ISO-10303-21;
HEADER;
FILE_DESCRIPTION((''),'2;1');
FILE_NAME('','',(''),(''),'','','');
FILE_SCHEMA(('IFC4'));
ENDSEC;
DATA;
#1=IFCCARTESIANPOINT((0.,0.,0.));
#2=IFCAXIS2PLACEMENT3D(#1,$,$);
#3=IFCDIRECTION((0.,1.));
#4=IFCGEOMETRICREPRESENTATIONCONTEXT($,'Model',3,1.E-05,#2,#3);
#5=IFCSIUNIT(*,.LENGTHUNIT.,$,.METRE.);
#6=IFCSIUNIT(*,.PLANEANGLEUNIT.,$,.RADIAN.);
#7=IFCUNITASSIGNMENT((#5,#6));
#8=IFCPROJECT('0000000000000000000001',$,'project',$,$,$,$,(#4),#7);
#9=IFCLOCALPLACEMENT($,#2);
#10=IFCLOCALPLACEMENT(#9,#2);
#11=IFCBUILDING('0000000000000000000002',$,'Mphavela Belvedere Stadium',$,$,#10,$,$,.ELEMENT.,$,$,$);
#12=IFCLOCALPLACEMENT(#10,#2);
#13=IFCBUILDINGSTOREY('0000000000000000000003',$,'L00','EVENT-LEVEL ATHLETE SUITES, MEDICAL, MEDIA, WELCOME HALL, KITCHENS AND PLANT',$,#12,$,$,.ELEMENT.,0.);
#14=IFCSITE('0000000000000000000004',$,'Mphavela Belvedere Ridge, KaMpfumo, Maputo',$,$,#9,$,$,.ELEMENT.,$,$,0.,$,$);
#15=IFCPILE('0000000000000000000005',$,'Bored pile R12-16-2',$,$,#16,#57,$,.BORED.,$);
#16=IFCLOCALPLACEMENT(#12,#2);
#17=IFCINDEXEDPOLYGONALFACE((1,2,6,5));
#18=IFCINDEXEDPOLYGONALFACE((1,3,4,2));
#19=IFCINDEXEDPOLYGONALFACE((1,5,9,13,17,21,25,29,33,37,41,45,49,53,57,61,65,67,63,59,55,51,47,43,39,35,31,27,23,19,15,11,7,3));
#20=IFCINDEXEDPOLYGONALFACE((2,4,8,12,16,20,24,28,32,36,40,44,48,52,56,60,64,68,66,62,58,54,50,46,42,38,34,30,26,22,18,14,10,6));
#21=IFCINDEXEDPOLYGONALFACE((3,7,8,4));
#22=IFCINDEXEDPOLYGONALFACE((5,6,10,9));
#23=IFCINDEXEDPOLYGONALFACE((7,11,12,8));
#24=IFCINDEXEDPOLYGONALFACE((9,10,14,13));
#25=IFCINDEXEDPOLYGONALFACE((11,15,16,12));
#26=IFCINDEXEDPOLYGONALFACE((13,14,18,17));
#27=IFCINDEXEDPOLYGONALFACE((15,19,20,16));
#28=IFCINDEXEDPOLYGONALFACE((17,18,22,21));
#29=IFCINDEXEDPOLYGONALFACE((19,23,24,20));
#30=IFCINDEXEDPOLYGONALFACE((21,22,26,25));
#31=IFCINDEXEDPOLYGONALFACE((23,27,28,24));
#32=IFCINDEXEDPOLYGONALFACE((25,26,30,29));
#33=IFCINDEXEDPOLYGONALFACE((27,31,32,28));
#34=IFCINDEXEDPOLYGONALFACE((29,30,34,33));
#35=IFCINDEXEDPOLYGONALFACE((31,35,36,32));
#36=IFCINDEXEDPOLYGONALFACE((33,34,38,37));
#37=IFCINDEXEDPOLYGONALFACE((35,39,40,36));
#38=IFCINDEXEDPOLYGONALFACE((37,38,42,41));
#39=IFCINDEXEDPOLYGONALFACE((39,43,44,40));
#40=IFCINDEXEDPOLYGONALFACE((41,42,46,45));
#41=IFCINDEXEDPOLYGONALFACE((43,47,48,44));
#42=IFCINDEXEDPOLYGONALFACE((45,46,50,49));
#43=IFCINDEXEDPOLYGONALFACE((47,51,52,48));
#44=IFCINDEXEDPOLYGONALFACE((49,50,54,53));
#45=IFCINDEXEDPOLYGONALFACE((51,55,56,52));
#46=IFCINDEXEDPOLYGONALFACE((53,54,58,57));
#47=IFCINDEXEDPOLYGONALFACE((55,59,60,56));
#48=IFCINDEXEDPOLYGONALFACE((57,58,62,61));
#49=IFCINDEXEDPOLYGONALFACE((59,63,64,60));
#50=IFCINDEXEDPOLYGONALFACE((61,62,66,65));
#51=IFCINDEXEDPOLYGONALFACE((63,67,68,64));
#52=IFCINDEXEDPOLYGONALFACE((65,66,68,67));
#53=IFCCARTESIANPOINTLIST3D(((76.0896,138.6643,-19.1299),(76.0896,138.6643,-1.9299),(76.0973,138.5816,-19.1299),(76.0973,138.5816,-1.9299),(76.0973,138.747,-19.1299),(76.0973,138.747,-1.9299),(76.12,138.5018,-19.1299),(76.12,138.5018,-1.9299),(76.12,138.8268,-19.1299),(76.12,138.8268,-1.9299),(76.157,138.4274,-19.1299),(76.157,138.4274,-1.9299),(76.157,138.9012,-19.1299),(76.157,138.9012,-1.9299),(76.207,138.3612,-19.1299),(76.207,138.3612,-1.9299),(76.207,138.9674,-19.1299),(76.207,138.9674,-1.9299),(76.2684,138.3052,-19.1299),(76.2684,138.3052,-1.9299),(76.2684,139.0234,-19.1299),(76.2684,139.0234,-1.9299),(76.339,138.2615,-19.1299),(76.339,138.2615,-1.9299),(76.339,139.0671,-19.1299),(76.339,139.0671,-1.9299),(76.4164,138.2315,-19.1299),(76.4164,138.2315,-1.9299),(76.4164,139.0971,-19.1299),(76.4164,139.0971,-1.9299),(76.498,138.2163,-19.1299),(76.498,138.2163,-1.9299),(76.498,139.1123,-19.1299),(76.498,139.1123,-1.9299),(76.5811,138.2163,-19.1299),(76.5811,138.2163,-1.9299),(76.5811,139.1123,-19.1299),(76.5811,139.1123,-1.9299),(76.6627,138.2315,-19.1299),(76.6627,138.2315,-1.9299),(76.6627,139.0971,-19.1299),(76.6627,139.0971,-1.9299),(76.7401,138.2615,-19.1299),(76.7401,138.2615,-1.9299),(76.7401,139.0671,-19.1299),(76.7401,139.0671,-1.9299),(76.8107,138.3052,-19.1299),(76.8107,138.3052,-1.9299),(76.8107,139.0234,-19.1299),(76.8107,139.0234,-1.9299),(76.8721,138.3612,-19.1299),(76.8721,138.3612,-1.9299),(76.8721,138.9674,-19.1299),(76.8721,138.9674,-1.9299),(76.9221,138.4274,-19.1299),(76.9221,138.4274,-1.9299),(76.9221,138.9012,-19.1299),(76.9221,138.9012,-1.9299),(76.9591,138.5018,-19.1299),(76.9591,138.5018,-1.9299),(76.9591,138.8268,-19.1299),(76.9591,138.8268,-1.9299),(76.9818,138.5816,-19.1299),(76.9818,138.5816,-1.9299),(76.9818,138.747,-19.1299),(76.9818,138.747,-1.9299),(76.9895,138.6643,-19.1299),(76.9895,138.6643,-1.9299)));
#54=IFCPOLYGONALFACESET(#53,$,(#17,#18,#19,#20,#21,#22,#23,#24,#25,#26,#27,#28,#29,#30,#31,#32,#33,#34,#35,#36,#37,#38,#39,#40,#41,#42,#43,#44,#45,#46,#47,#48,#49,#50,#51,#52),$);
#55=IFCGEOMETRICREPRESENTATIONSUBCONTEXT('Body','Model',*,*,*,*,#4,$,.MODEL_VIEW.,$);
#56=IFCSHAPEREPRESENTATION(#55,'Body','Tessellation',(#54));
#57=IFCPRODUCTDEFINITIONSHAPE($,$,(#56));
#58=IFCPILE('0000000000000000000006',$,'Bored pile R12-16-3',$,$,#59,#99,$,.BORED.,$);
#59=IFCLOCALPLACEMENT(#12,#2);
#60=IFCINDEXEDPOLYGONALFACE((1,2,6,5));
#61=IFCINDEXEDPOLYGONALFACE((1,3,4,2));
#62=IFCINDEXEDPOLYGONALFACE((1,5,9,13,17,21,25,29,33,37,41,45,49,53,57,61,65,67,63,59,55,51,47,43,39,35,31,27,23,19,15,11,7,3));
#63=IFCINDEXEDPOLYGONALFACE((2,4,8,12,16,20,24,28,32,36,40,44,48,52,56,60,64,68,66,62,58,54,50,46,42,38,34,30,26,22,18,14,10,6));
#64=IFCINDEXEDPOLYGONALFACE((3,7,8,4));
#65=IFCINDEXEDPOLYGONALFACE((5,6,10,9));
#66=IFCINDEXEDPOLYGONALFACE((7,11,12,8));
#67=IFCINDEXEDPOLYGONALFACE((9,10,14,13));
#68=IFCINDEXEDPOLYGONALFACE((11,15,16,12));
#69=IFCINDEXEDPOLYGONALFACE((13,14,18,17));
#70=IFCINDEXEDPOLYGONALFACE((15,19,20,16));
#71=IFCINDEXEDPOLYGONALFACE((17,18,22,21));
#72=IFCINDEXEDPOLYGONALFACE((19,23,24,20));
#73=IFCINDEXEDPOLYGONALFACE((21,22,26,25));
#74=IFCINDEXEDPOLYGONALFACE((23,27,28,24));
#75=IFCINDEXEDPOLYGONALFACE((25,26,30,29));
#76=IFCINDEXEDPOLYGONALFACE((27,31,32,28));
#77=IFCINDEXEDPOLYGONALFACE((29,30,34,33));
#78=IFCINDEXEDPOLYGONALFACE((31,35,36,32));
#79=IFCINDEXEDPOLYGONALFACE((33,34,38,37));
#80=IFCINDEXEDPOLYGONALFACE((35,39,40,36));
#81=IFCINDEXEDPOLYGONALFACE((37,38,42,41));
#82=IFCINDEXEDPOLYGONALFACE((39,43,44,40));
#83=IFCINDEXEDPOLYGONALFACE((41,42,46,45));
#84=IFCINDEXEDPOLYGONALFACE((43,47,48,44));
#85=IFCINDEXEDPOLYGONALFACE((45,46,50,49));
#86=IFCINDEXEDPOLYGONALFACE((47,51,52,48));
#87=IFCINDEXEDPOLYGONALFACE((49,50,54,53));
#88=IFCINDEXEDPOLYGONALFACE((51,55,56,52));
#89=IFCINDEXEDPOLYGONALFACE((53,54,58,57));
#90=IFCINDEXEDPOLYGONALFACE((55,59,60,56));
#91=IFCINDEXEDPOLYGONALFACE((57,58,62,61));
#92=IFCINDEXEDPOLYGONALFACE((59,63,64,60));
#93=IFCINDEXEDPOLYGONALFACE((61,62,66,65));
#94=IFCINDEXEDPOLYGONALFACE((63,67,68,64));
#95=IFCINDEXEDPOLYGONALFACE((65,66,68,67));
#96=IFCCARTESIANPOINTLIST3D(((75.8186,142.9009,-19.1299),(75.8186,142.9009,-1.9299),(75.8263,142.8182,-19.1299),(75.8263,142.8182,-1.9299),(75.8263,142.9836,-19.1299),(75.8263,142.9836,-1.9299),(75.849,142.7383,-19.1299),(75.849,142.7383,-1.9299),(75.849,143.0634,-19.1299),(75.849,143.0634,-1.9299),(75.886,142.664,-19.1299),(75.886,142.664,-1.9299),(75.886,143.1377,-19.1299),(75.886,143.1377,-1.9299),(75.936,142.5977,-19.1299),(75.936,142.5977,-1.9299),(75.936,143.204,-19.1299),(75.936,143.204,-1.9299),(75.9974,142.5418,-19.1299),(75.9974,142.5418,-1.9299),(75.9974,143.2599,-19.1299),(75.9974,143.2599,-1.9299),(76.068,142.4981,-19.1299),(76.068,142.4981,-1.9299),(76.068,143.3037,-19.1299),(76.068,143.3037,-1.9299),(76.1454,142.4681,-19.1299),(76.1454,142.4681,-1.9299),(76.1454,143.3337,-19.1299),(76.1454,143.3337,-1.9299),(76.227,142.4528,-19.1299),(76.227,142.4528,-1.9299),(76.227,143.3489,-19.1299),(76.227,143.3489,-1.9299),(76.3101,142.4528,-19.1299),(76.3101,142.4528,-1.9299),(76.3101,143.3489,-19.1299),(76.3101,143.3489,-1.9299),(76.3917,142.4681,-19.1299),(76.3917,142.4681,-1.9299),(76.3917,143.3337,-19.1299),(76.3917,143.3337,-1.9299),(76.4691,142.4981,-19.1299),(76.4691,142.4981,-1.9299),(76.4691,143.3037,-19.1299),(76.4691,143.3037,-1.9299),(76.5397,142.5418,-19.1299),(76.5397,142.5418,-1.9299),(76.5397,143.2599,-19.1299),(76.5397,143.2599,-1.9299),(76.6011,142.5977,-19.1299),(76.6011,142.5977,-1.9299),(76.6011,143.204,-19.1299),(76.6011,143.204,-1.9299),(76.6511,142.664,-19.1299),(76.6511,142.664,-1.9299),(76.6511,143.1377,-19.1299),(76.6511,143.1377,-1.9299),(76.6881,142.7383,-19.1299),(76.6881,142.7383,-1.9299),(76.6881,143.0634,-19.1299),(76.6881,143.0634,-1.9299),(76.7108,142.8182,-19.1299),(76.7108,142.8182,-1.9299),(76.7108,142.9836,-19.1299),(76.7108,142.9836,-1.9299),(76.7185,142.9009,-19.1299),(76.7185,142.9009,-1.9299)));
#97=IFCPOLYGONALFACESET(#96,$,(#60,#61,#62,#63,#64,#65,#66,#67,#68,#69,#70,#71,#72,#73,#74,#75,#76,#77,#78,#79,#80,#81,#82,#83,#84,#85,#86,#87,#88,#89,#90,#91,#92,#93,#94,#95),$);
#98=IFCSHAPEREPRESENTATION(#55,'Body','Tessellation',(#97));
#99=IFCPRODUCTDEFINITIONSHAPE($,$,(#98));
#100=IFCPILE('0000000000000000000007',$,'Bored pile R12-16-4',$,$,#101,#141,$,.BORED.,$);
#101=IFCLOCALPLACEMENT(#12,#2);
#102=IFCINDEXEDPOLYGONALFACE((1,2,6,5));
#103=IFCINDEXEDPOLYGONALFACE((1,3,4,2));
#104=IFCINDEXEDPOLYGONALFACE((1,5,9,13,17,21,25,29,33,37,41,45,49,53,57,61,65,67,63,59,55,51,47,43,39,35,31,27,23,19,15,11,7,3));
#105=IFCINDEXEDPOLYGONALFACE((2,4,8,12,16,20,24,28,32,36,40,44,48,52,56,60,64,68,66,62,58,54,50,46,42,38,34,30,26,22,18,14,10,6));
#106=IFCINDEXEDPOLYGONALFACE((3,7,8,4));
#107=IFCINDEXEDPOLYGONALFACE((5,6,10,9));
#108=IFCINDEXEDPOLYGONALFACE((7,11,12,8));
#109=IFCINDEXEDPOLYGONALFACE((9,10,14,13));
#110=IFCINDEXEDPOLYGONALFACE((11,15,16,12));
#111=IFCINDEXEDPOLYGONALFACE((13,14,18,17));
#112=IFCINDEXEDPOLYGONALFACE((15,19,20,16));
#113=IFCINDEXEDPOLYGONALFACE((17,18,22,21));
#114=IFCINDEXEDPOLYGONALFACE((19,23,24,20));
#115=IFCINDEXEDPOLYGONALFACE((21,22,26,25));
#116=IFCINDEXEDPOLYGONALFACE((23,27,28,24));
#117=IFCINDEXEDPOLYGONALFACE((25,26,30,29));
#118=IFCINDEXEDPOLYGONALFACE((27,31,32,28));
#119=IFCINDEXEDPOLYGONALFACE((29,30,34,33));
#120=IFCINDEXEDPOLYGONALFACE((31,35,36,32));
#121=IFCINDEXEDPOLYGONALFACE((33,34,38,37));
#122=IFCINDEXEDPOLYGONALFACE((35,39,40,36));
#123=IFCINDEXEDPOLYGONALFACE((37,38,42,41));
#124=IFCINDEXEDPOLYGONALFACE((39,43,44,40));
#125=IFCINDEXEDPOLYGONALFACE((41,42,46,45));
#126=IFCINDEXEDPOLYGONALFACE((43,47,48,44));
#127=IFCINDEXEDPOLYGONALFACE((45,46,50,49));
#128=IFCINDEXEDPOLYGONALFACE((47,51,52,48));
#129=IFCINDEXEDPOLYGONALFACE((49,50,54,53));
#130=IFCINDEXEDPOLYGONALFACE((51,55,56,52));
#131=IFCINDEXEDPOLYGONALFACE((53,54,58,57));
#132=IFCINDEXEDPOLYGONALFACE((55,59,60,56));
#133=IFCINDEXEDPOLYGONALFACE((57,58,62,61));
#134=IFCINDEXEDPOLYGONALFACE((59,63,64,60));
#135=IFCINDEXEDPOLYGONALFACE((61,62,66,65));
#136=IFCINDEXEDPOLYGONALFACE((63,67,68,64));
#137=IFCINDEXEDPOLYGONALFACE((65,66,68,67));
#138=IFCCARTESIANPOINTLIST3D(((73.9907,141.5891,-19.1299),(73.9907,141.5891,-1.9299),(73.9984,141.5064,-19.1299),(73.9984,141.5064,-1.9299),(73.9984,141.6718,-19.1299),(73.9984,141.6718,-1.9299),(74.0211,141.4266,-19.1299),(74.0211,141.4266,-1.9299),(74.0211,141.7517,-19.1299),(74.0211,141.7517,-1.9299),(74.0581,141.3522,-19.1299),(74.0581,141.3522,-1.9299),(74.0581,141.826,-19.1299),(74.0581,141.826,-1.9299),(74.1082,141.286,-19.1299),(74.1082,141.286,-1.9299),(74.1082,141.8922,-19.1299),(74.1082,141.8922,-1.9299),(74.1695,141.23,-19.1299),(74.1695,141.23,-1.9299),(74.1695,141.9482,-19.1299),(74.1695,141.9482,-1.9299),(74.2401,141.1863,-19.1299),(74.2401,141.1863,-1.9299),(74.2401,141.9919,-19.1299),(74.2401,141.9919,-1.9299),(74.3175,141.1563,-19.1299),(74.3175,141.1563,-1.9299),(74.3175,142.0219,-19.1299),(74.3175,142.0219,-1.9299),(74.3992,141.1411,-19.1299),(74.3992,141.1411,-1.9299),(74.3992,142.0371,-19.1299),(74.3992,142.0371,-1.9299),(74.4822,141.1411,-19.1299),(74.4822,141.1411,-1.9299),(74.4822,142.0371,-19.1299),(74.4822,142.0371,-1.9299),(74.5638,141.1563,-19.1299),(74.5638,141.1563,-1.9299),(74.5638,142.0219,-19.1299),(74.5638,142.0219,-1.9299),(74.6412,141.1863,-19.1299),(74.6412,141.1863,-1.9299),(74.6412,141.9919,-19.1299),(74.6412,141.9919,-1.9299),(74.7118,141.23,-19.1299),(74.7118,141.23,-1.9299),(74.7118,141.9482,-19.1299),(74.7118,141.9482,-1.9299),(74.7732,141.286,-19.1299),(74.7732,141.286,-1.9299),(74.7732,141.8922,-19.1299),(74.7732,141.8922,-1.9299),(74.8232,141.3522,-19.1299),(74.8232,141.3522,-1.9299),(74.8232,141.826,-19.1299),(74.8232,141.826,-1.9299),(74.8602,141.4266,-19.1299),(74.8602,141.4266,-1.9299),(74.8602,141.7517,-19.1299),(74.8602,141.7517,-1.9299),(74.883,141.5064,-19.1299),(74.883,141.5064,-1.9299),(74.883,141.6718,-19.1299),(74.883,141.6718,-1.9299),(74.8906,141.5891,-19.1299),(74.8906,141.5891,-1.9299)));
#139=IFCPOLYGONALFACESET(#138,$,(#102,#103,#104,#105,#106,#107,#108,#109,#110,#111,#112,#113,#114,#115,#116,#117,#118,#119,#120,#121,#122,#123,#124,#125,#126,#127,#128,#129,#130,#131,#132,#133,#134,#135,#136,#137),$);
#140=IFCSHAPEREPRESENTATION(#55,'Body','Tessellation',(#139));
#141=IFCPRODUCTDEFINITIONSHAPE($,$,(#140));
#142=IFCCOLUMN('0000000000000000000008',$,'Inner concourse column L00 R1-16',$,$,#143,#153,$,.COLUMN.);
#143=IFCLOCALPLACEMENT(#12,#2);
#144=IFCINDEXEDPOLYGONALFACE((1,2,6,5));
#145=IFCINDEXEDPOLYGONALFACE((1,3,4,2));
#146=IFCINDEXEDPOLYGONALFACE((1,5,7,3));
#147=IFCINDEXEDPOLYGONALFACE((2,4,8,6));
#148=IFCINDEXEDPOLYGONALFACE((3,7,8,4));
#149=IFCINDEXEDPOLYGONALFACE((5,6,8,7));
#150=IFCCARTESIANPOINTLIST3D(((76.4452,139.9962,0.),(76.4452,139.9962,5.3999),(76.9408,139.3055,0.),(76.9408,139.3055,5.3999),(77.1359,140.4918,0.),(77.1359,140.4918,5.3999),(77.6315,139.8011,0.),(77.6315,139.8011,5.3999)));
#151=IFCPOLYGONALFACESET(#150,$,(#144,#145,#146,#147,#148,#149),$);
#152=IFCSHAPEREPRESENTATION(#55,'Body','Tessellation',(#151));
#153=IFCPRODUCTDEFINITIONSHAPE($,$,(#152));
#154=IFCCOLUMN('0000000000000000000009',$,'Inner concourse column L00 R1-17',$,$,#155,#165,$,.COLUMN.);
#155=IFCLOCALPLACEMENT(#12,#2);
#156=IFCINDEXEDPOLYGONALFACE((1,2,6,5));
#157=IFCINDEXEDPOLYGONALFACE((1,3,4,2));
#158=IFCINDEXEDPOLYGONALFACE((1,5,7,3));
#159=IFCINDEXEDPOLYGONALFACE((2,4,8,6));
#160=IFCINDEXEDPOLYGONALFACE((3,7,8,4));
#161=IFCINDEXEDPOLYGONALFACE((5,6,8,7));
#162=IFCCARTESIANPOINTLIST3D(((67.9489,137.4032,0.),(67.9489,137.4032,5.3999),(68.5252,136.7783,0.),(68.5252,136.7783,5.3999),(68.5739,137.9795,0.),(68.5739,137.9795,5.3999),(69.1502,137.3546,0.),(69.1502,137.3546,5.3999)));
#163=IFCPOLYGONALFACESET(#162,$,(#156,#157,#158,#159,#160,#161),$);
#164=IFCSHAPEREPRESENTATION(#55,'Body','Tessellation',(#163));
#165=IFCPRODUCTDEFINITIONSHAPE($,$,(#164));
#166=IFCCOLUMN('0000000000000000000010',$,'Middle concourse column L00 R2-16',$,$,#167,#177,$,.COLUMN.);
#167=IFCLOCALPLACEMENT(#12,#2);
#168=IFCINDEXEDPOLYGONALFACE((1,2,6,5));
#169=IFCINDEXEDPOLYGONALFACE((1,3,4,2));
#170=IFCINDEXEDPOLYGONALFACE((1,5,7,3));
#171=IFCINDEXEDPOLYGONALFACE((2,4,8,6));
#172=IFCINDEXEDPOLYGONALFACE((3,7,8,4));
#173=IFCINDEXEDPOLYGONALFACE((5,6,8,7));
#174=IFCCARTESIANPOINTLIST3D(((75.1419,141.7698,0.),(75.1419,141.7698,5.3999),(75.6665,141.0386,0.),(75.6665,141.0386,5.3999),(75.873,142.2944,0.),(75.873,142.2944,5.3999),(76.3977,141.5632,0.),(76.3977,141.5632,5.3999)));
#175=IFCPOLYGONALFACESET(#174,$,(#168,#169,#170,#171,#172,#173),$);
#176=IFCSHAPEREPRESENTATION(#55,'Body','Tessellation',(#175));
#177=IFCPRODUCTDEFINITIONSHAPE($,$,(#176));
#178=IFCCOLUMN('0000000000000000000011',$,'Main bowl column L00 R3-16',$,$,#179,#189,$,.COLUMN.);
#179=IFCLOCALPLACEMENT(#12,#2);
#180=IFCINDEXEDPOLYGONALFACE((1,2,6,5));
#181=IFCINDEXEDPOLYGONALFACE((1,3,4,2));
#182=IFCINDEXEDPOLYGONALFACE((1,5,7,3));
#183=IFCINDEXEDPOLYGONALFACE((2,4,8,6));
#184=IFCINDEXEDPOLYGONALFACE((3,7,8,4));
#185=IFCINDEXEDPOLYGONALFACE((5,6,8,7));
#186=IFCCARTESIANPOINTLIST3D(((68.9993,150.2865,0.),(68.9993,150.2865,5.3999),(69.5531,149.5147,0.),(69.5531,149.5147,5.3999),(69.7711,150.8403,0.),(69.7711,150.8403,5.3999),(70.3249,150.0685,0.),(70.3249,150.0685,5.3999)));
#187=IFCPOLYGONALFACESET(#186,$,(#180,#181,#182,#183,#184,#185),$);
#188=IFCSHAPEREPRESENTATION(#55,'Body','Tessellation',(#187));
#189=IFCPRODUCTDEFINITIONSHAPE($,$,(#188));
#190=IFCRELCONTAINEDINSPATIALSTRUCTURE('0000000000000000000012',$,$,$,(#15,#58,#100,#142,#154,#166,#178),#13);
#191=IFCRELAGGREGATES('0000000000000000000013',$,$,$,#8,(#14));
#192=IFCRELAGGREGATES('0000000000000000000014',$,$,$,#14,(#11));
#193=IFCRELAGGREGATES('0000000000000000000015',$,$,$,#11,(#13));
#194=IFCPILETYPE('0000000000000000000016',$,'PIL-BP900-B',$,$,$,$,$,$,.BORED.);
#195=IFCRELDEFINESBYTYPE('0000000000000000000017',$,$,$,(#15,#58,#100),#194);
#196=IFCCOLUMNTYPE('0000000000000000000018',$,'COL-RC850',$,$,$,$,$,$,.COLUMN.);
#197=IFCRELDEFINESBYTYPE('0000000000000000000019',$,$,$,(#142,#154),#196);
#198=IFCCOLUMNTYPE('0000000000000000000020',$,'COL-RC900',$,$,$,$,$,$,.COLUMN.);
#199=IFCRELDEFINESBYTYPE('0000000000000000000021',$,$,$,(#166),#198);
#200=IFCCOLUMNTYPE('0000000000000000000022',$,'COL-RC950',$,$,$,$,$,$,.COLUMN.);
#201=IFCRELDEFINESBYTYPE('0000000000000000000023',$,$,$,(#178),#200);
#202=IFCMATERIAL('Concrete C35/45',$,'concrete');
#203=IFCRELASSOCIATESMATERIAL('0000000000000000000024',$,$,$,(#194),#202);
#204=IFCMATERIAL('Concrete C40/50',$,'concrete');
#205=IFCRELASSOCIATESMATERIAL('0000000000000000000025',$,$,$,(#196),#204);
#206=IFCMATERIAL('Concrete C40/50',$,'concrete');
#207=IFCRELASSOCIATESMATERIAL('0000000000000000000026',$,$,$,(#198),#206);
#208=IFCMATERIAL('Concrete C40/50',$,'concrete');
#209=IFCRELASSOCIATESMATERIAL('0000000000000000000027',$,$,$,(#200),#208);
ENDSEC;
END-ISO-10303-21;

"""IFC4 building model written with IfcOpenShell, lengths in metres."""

from ifc_helpers import new_model, si_unit, direction, frame, origin, origin_2d, place, context, subcontext, project, spatial, rectangle, circle, extrude, material, material_profile, profile_set, type_object, element, save


model = new_model("IFC4")

# Units and contexts
model_context = context("Model", 3, precision=1e-05, world=origin(), true_north=direction((0.0, 1.0)))
body_context = subcontext(model_context, "Body", "Model", "MODEL_VIEW")
ifc_project = project(units=[si_unit("LENGTHUNIT", "METRE"), si_unit("PLANEANGLEUNIT", "RADIAN")], contexts=[model_context])

# Site, building, storey
site_placement = place(None, origin())
site = spatial("IfcSite", under=ifc_project, at=site_placement, Name="Mphavela Belvedere Ridge, KaMpfumo, Maputo", CompositionType="ELEMENT", RefElevation=0.0)
building_placement = place(site_placement, origin())
building = spatial("IfcBuilding", under=site, at=building_placement, Name="Mphavela Belvedere Stadium", CompositionType="ELEMENT")
storey_placement = place(building_placement, origin())
storey = spatial("IfcBuildingStorey", under=building, at=storey_placement, Name="L00", Description="EVENT-LEVEL ATHLETE SUITES, MEDICAL, MEDIA, WELCOME HALL, KITCHENS AND PLANT", CompositionType="ELEMENT", Elevation=0.0)

# Piles
ifc_material_1 = material(Name="Concrete C35/45", Category="concrete")
ifc_material_profile_1 = material_profile(ifc_material_1, circle(Radius=0.45, at=origin_2d()), Name="BP D900")
ifc_profile_set_1 = profile_set([ifc_material_profile_1], Name="Concrete C35/45")
pile_type_1 = type_object("IfcPileType", Name="PIL-BP900-B", PredefinedType="BORED", material=ifc_profile_set_1)
for number, where, z_axis, x_axis, name in (
    (1, (76.5396, 138.6643, -1.9299), (0.0, 0.0, -1.0), (1.0, 0.0, 0.0), "Bored pile R12-16-2"),
    (2, (76.2686, 142.9009, -1.9299), (0.0, 0.0, -1.0), (1.0, 0.0, 0.0), "Bored pile R12-16-3"),
    (3, (74.4407, 141.5891, -1.9299), (0.0, 0.0, -1.0), (1.0, 0.0, 0.0), "Bored pile R12-16-4"),
):
    element("IfcPile", number, at=place(storey_placement, frame(where, z_axis=z_axis, x_axis=x_axis)), inside=storey, type_object=pile_type_1, Name=name, PredefinedType="BORED", context=body_context, shape_type="SweptSolid", body=[
        extrude(circle(Radius=0.45, at=origin_2d()), origin(), (0.0, 0.0, 1.0), 17.2),
    ])

# Columns
ifc_material_2 = material(Name="Concrete C40/50", Category="concrete")
ifc_material_profile_2 = material_profile(ifc_material_2, rectangle(XDim=0.8501, YDim=0.8501, at=origin_2d()), Name="RC 850x850")
ifc_profile_set_2 = profile_set([ifc_material_profile_2], Name="Concrete C40/50")
column_type_1 = type_object("IfcColumnType", Name="COL-RC850", PredefinedType="COLUMN", material=ifc_profile_set_2)
for number, where, z_axis, x_axis, name in (
    (4, (77.0383, 139.8987, 0.0), (0.0, 0.0, 1.0), (-0.582974, 0.812491, 0.0), "Inner concourse column L00 R1-16"),
    (5, (68.5496, 137.3789, 0.0), (0.0, 0.0, 1.0), (-0.677903, 0.735151, 0.0), "Inner concourse column L00 R1-17"),
):
    element("IfcColumn", number, at=place(storey_placement, frame(where, z_axis=z_axis, x_axis=x_axis)), inside=storey, type_object=column_type_1, Name=name, PredefinedType="COLUMN", context=body_context, shape_type="SweptSolid", body=[
        extrude(rectangle(XDim=0.8501, YDim=0.8501, at=origin_2d()), origin(), (0.0, 0.0, 1.0), 5.3999),
    ])
ifc_material_3 = material(Name="Concrete C40/50", Category="concrete")
ifc_material_profile_3 = material_profile(ifc_material_3, rectangle(XDim=0.8999, YDim=0.8999, at=origin_2d()), Name="RC 900x900")
ifc_profile_set_3 = profile_set([ifc_material_profile_3], Name="Concrete C40/50")
column_type_2 = type_object("IfcColumnType", Name="COL-RC900", PredefinedType="COLUMN", material=ifc_profile_set_3)
column_1_placement = place(storey_placement, frame((75.7698, 141.6665, 0.0), z_axis=(0.0, 0.0, 1.0), x_axis=(-0.582974, 0.812491, 0.0)))
element("IfcColumn", 6, at=column_1_placement, inside=storey, type_object=column_type_2, Name="Middle concourse column L00 R2-16", PredefinedType="COLUMN", context=body_context, shape_type="SweptSolid", body=[
    extrude(rectangle(XDim=0.8999, YDim=0.8999, at=origin_2d()), origin(), (0.0, 0.0, 1.0), 5.3999),
])
ifc_material_4 = material(Name="Concrete C40/50", Category="concrete")
ifc_material_profile_4 = material_profile(ifc_material_4, rectangle(XDim=0.95, YDim=0.95, at=origin_2d()), Name="RC 950x950")
ifc_profile_set_4 = profile_set([ifc_material_profile_4], Name="Concrete C40/50")
column_type_3 = type_object("IfcColumnType", Name="COL-RC950", PredefinedType="COLUMN", material=ifc_profile_set_4)
column_2_placement = place(storey_placement, frame((69.6621, 150.1775, 0.0), z_axis=(0.0, 0.0, 1.0), x_axis=(-0.582974, 0.812491, 0.0)))
element("IfcColumn", 7, at=column_2_placement, inside=storey, type_object=column_type_3, Name="Main bowl column L00 R3-16", PredefinedType="COLUMN", context=body_context, shape_type="SweptSolid", body=[
    extrude(rectangle(XDim=0.95, YDim=0.95, at=origin_2d()), origin(), (0.0, 0.0, 1.0), 5.3999),
])

save(model, "model.ifc")
